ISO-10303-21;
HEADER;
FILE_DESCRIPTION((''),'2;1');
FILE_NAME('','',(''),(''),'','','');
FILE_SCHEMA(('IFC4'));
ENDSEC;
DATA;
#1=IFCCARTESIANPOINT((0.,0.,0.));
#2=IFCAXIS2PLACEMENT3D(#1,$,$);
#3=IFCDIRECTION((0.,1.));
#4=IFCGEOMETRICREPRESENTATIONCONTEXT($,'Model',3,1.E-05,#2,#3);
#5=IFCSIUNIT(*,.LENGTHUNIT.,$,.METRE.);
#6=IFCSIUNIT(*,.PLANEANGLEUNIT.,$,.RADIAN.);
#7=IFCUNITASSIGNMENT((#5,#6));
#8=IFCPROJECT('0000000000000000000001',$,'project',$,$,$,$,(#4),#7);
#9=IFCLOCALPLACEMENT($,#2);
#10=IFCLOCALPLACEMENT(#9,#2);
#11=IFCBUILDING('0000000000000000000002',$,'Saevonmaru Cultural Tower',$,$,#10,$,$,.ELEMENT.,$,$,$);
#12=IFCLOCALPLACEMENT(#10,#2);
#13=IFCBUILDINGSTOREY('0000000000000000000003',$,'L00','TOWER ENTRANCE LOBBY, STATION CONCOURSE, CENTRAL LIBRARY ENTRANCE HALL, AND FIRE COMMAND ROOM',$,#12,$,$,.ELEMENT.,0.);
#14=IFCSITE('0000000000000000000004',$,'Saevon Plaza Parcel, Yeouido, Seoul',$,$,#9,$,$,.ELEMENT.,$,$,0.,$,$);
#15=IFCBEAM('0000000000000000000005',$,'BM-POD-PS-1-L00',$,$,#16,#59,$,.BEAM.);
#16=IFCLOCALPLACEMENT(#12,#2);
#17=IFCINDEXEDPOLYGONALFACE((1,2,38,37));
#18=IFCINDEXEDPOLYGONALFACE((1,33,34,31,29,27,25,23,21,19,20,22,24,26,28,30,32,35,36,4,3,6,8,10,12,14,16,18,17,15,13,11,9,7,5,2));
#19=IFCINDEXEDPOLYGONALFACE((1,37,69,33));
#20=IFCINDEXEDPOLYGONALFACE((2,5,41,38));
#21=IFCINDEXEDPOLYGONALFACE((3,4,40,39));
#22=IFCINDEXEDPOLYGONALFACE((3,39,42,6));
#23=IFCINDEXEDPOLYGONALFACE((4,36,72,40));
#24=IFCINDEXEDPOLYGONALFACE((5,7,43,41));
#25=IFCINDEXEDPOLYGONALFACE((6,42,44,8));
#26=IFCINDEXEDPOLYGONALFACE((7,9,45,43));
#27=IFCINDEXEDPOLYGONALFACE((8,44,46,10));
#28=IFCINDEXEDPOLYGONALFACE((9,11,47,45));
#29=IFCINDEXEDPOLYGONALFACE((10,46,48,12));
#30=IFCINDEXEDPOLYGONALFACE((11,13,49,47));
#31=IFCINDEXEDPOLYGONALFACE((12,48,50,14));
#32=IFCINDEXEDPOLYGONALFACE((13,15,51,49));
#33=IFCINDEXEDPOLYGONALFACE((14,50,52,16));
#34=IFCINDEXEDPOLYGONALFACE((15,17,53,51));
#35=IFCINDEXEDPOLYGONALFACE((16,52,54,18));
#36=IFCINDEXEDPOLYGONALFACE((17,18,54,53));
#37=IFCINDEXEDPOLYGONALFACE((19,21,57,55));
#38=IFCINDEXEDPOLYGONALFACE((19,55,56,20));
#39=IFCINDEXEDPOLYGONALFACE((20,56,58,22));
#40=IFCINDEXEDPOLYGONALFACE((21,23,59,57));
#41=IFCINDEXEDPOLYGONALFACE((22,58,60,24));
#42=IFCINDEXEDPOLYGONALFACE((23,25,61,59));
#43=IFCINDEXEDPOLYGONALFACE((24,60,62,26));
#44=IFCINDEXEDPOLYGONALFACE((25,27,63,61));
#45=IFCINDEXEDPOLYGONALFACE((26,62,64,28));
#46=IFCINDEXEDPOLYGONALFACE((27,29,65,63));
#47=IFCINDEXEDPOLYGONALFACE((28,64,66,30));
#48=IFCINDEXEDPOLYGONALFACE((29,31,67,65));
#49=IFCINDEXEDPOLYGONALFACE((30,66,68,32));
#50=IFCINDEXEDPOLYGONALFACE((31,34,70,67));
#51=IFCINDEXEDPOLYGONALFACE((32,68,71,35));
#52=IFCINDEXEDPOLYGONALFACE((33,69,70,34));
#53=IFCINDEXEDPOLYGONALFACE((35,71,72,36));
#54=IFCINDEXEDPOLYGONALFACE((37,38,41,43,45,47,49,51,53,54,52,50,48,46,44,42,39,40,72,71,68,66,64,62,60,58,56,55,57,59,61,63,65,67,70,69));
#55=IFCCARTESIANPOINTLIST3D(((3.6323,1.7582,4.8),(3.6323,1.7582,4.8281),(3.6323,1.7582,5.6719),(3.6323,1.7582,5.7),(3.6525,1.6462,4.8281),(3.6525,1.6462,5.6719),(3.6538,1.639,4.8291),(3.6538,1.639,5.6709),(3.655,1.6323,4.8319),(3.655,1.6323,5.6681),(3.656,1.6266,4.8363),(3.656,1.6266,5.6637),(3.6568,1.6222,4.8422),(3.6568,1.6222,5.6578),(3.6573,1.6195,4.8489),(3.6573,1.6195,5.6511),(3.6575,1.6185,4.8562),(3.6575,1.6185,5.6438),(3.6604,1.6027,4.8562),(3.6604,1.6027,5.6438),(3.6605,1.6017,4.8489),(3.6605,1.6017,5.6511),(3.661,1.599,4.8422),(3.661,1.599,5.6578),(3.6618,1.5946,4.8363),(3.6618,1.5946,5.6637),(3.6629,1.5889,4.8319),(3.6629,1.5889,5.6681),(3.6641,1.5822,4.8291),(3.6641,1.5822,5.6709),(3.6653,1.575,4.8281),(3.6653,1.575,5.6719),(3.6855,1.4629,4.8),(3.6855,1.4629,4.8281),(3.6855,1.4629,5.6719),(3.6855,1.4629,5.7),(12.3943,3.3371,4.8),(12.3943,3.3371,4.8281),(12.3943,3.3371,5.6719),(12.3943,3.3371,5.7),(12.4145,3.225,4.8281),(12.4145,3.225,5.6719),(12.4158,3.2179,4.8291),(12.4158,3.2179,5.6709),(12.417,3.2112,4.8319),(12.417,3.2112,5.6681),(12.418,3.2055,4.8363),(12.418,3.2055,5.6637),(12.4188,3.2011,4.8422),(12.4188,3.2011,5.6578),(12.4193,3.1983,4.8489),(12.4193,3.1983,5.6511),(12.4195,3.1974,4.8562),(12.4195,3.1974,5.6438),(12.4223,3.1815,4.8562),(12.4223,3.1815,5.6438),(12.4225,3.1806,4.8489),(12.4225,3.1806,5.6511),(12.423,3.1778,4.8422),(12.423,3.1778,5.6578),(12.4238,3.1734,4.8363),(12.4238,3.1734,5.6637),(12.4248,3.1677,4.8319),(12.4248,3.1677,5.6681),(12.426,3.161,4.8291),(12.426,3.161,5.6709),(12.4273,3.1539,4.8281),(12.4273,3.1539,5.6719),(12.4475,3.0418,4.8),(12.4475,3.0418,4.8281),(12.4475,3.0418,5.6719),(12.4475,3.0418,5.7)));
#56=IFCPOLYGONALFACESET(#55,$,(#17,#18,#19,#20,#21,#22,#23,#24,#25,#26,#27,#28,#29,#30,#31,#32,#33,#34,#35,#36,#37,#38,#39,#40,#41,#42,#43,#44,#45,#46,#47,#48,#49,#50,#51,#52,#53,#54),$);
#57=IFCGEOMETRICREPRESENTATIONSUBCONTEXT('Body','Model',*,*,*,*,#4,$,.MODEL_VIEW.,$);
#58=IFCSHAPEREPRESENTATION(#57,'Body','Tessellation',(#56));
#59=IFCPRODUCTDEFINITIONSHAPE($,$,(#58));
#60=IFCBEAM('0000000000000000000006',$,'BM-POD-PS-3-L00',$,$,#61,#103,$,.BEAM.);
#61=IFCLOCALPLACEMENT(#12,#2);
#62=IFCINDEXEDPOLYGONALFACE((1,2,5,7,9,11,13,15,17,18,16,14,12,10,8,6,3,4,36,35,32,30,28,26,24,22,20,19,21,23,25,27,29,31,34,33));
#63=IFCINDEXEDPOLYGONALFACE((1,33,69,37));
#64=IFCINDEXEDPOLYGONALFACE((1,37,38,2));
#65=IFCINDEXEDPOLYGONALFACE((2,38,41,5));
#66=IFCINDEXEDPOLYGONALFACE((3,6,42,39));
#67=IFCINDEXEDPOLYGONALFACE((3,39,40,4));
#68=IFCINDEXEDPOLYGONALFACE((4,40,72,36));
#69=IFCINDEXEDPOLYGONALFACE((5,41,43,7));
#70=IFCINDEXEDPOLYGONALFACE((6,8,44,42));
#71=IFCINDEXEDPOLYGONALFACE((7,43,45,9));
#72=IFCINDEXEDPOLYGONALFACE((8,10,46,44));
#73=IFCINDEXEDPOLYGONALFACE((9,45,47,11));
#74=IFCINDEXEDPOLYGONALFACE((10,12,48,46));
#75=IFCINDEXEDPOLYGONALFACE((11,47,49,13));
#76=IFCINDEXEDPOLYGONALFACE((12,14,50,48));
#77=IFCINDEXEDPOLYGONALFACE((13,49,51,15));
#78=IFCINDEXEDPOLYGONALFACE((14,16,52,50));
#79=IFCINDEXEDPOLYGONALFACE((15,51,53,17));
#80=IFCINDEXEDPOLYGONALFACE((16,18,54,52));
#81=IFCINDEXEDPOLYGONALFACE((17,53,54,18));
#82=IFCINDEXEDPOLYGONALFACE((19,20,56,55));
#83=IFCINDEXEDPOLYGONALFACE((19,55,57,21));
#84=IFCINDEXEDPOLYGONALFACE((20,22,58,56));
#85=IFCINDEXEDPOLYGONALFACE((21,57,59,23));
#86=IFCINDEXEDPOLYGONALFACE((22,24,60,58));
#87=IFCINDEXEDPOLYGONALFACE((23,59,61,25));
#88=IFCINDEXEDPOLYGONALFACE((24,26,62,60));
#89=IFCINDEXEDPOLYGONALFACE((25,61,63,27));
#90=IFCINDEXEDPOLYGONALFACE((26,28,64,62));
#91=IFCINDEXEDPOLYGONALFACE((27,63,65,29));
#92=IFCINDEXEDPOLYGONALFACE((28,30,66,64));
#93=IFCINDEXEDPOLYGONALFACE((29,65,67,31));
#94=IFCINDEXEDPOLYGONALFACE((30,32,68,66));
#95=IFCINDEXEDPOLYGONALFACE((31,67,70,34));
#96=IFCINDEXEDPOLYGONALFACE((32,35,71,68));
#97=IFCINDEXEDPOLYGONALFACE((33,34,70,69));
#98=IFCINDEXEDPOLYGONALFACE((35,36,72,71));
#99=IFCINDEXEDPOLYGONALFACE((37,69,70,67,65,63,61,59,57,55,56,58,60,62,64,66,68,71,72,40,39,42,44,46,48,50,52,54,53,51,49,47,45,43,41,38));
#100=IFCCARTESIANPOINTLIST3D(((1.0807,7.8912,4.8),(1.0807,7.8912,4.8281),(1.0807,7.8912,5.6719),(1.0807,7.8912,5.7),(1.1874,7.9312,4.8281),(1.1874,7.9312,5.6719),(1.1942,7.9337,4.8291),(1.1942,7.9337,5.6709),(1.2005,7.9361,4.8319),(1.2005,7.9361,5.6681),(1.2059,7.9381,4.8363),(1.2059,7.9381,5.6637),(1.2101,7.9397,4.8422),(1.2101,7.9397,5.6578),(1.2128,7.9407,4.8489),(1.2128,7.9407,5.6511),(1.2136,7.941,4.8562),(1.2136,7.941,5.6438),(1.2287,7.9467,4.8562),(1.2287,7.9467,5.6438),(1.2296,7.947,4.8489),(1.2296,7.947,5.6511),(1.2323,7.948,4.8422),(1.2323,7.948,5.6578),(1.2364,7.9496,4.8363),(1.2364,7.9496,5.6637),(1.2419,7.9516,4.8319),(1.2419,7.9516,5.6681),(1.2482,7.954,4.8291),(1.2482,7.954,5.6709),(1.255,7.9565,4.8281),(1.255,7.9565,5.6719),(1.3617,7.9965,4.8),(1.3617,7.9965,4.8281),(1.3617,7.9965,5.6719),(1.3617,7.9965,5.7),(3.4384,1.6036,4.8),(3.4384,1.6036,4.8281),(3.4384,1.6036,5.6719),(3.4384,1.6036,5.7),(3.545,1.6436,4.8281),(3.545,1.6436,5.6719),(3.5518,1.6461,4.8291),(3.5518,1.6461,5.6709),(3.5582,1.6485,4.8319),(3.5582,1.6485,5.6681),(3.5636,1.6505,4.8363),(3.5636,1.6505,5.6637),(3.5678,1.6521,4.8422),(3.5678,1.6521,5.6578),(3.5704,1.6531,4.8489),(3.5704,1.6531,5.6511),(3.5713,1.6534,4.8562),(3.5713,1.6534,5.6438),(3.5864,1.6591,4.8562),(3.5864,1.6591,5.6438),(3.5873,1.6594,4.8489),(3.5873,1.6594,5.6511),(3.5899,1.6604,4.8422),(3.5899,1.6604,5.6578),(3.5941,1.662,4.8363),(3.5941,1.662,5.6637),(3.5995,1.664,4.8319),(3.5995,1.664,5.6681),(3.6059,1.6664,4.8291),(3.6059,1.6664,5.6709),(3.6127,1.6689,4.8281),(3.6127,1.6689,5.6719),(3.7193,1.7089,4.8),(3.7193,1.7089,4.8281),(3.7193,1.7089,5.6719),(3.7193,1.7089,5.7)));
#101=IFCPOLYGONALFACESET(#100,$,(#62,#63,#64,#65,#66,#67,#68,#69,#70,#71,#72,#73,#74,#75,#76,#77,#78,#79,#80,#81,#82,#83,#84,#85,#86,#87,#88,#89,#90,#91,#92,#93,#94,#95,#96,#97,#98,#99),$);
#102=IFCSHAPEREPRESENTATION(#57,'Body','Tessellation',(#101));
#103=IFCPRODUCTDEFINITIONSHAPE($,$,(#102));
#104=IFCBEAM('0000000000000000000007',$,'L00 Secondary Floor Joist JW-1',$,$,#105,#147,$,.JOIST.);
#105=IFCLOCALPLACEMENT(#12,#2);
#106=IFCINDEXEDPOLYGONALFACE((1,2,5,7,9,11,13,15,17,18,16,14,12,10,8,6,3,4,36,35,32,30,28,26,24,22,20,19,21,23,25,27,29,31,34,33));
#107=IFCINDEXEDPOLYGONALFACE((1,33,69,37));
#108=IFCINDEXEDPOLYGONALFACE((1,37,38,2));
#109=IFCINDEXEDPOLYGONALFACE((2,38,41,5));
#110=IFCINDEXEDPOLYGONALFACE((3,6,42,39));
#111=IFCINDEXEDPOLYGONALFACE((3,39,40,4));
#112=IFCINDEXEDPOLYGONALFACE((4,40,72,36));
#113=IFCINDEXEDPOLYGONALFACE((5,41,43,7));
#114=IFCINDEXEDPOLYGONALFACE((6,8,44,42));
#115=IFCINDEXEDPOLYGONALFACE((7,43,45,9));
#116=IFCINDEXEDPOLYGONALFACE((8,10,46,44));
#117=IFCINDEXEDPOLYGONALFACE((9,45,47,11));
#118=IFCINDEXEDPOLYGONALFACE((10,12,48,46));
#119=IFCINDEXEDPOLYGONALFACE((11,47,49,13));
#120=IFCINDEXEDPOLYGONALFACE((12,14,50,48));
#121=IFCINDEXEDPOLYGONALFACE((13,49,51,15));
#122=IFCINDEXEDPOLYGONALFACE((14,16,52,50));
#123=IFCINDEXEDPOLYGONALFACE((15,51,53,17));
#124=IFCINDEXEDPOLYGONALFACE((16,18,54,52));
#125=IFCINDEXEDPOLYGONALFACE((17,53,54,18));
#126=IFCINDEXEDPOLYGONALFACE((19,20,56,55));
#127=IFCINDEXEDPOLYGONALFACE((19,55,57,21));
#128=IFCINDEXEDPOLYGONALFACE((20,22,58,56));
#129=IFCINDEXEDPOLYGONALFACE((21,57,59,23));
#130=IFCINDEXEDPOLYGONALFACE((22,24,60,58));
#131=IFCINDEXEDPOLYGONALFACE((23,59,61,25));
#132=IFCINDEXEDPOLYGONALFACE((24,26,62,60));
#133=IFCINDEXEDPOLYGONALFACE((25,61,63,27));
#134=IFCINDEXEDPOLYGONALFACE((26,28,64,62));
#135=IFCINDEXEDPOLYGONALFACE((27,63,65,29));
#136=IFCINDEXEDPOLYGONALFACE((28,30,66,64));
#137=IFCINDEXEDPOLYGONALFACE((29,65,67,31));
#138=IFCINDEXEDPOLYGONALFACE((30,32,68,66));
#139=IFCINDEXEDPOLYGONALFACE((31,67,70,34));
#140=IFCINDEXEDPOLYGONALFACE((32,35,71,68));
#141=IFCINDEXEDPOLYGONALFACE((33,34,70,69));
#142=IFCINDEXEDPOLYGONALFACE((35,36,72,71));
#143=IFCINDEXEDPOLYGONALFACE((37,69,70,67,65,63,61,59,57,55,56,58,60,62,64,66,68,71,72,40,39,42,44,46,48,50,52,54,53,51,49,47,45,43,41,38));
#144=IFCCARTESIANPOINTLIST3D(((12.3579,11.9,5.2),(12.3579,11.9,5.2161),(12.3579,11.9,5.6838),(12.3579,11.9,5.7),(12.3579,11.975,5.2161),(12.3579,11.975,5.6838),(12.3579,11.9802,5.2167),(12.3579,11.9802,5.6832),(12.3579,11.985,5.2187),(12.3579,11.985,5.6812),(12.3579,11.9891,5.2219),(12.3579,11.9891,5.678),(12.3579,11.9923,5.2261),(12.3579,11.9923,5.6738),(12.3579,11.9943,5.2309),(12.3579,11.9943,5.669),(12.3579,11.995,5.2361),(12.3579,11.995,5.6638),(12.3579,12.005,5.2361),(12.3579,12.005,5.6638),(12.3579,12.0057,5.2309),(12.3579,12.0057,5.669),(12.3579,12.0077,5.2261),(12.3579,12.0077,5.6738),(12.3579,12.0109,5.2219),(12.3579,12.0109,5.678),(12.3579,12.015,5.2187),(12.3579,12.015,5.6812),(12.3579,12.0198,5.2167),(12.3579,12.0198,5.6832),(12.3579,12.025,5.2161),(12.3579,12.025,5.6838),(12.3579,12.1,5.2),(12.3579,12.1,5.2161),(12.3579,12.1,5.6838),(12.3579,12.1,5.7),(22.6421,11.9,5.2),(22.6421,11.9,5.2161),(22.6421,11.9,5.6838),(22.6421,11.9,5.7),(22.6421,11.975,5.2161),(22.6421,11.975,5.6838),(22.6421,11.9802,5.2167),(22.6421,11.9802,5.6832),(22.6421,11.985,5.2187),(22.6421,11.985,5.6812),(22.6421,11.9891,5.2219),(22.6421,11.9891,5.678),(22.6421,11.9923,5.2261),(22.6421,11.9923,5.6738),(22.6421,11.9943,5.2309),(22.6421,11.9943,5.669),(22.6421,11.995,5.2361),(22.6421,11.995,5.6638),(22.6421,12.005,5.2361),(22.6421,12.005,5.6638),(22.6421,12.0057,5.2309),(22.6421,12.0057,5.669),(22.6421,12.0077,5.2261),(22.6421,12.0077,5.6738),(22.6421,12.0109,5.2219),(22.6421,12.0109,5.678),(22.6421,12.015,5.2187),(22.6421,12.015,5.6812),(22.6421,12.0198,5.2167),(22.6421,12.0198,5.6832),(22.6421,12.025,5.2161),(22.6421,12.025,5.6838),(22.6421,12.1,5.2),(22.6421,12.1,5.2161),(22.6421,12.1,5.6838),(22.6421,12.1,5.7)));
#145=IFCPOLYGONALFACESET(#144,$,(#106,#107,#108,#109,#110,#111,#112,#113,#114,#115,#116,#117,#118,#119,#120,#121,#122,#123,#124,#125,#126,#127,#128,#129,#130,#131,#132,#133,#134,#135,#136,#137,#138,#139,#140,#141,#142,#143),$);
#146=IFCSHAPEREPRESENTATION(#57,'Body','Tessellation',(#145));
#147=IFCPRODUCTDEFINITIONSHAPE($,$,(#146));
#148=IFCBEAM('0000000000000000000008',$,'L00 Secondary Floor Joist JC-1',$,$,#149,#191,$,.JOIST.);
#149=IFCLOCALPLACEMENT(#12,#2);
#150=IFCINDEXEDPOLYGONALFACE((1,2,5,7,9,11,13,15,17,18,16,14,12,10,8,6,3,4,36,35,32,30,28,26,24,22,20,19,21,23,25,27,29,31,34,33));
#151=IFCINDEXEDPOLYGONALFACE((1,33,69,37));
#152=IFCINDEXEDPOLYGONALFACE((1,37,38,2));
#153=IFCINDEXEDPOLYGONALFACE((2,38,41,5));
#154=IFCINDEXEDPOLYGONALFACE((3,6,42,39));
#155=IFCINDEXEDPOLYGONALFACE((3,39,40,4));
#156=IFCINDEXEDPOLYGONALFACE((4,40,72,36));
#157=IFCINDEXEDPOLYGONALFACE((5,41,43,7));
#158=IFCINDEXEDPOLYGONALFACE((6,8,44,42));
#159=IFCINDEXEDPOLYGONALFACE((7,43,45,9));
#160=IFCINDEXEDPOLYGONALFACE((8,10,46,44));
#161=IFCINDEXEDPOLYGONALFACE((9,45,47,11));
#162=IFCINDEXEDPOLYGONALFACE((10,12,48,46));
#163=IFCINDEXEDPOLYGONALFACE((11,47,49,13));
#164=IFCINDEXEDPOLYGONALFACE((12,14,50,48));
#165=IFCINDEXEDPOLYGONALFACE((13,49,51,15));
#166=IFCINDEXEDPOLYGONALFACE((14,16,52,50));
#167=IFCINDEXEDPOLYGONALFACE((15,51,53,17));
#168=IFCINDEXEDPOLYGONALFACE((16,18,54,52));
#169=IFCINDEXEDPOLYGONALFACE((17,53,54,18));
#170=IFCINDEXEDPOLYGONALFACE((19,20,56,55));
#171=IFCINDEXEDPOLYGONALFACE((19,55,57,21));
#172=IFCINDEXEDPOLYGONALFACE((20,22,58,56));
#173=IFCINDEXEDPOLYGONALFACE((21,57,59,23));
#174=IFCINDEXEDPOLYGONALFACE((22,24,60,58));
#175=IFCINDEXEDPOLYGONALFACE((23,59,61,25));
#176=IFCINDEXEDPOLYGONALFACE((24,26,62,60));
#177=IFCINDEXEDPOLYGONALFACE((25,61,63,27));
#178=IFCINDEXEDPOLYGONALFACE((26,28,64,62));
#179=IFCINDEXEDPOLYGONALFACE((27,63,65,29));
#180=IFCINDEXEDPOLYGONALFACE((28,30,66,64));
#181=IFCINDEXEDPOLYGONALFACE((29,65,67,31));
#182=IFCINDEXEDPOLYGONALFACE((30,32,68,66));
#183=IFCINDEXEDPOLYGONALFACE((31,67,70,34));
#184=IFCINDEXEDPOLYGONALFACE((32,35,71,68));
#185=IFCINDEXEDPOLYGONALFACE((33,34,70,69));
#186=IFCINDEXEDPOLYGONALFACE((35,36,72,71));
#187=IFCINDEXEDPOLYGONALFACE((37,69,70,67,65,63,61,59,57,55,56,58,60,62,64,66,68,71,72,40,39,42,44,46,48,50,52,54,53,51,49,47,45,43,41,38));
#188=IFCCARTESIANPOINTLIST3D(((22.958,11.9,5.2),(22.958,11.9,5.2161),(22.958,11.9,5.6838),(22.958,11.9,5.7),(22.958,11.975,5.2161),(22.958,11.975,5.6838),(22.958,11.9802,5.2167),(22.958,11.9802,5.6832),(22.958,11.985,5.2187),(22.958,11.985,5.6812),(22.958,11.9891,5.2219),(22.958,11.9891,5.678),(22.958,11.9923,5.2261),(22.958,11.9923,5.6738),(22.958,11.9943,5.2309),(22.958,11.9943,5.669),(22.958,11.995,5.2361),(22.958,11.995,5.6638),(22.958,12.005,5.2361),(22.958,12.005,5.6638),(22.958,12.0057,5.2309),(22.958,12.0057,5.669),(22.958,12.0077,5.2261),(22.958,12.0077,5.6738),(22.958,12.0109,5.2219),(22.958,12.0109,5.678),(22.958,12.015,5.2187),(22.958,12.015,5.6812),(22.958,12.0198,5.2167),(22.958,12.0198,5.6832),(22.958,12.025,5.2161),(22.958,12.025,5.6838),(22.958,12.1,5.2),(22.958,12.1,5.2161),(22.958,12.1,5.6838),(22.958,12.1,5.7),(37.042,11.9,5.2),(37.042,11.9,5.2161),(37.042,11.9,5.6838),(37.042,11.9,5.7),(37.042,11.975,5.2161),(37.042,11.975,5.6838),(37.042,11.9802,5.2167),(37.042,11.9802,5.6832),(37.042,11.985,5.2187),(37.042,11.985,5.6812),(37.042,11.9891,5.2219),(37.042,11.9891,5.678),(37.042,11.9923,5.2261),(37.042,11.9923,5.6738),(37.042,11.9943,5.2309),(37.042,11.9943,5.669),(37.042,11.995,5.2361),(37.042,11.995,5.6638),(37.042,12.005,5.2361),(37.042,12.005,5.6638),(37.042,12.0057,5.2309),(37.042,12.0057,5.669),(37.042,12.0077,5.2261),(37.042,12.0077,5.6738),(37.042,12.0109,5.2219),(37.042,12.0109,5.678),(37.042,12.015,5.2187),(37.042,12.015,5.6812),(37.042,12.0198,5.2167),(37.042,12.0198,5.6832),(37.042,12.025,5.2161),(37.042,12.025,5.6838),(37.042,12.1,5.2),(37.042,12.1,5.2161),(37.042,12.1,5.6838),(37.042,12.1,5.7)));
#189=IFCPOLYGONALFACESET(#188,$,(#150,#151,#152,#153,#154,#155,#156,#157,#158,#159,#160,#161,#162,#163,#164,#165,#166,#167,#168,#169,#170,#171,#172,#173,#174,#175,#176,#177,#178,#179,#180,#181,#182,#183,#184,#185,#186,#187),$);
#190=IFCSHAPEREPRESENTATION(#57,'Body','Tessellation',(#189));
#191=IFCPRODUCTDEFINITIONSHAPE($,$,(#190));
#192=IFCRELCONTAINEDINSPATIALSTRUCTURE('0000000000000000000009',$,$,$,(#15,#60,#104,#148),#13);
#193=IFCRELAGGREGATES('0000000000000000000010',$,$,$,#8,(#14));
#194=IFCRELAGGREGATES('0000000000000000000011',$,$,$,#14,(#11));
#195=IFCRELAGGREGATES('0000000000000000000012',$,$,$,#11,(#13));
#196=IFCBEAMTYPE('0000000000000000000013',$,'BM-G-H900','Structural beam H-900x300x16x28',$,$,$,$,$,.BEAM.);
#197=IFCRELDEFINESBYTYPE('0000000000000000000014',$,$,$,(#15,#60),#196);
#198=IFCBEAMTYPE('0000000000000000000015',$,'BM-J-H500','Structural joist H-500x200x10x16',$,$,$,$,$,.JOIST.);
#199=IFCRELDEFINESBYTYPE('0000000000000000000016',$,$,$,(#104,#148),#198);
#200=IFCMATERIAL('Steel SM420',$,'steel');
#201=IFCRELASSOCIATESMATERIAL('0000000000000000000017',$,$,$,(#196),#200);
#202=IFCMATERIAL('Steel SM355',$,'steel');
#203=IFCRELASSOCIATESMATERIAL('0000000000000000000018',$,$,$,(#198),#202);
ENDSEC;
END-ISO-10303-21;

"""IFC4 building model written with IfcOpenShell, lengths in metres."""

from ifc_helpers import new_model, si_unit, direction, frame, origin, origin_2d, place, context, subcontext, project, spatial, i_section, extrude, material, material_profile, profile_set, type_object, element, save


model = new_model("IFC4")

# Units and contexts
model_context = context("Model", 3, precision=1e-05, world=origin(), true_north=direction((0.0, 1.0)))
body_context = subcontext(model_context, "Body", "Model", "MODEL_VIEW")
ifc_project = project(units=[si_unit("LENGTHUNIT", "METRE"), si_unit("PLANEANGLEUNIT", "RADIAN")], contexts=[model_context])

# Site, building, storey
site_placement = place(None, origin())
site = spatial("IfcSite", under=ifc_project, at=site_placement, Name="Saevon Plaza Parcel, Yeouido, Seoul", CompositionType="ELEMENT", RefElevation=0.0)
building_placement = place(site_placement, origin())
building = spatial("IfcBuilding", under=site, at=building_placement, Name="Saevonmaru Cultural Tower", CompositionType="ELEMENT")
storey_placement = place(building_placement, origin())
storey = spatial("IfcBuildingStorey", under=building, at=storey_placement, Name="L00", Description="TOWER ENTRANCE LOBBY, STATION CONCOURSE, CENTRAL LIBRARY ENTRANCE HALL, AND FIRE COMMAND ROOM", CompositionType="ELEMENT", Elevation=0.0)

# Shared definitions
ifc_material_1 = material(Name="Steel SM420", Category="steel")
ifc_material_2 = material(Name="Steel SM355", Category="steel")

# Beams
ifc_material_profile_1 = material_profile(ifc_material_1, i_section(OverallWidth=0.3, OverallDepth=0.8999, WebThickness=0.0161, FlangeThickness=0.0281, FilletRadius=0.0281, at=origin_2d()), Name="H-900x300x16x28")
ifc_profile_set_1 = profile_set([ifc_material_profile_1], Name="Steel SM420")
beam_type_1 = type_object("IfcBeamType", Name="BM-G-H900", Description="Structural beam H-900x300x16x28", PredefinedType="BEAM", material=ifc_profile_set_1)
beam_1_placement = place(storey_placement, frame((3.6589, 1.6106, 5.25), z_axis=(0.98415, 0.177338, 0.0), x_axis=(-0.177338, 0.98415, 0.0)))
element("IfcBeam", 1, at=beam_1_placement, inside=storey, type_object=beam_type_1, Name="BM-POD-PS-1-L00", PredefinedType="BEAM", context=body_context, shape_type="SweptSolid", body=[
    extrude(i_section(OverallWidth=0.3, OverallDepth=0.8999, WebThickness=0.0161, FlangeThickness=0.0281, FilletRadius=0.0281, at=origin_2d()), origin(), (0.0, 0.0, 1.0), 8.9031),
])
beam_2_placement = place(storey_placement, frame((3.5789, 1.6562, 5.25), z_axis=(-0.3511, 0.936338, 0.0), x_axis=(-0.936338, -0.3511, 0.0)))
element("IfcBeam", 2, at=beam_2_placement, inside=storey, type_object=beam_type_1, Name="BM-POD-PS-3-L00", PredefinedType="BEAM", context=body_context, shape_type="SweptSolid", body=[
    extrude(i_section(OverallWidth=0.3, OverallDepth=0.8999, WebThickness=0.0161, FlangeThickness=0.0281, FilletRadius=0.0281, at=origin_2d()), origin(), (0.0, 0.0, 1.0), 6.7151),
])
ifc_material_profile_2 = material_profile(ifc_material_2, i_section(OverallWidth=0.2, OverallDepth=0.5, WebThickness=0.01, FlangeThickness=0.0161, FilletRadius=0.02, at=origin_2d()), Name="H-500x200x10x16")
ifc_profile_set_2 = profile_set([ifc_material_profile_2], Name="Steel SM355")
beam_type_2 = type_object("IfcBeamType", Name="BM-J-H500", Description="Structural joist H-500x200x10x16", PredefinedType="JOIST", material=ifc_profile_set_2)
beam_3_placement = place(storey_placement, frame((12.3579, 12.0, 5.45), z_axis=(1.0, 0.0, 0.0), x_axis=(0.0, 1.0, 0.0)))
element("IfcBeam", 3, at=beam_3_placement, inside=storey, type_object=beam_type_2, Name="L00 Secondary Floor Joist JW-1", PredefinedType="JOIST", context=body_context, shape_type="SweptSolid", body=[
    extrude(i_section(OverallWidth=0.2, OverallDepth=0.5, WebThickness=0.01, FlangeThickness=0.0161, FilletRadius=0.02, at=origin_2d()), origin(), (0.0, 0.0, 1.0), 10.2842),
])
beam_4_placement = place(storey_placement, frame((22.958, 12.0, 5.45), z_axis=(1.0, 0.0, 0.0), x_axis=(0.0, 1.0, 0.0)))
element("IfcBeam", 4, at=beam_4_placement, inside=storey, type_object=beam_type_2, Name="L00 Secondary Floor Joist JC-1", PredefinedType="JOIST", context=body_context, shape_type="SweptSolid", body=[
    extrude(i_section(OverallWidth=0.2, OverallDepth=0.5, WebThickness=0.01, FlangeThickness=0.0161, FilletRadius=0.02, at=origin_2d()), origin(), (0.0, 0.0, 1.0), 14.084),
])

save(model, "model.ifc")
